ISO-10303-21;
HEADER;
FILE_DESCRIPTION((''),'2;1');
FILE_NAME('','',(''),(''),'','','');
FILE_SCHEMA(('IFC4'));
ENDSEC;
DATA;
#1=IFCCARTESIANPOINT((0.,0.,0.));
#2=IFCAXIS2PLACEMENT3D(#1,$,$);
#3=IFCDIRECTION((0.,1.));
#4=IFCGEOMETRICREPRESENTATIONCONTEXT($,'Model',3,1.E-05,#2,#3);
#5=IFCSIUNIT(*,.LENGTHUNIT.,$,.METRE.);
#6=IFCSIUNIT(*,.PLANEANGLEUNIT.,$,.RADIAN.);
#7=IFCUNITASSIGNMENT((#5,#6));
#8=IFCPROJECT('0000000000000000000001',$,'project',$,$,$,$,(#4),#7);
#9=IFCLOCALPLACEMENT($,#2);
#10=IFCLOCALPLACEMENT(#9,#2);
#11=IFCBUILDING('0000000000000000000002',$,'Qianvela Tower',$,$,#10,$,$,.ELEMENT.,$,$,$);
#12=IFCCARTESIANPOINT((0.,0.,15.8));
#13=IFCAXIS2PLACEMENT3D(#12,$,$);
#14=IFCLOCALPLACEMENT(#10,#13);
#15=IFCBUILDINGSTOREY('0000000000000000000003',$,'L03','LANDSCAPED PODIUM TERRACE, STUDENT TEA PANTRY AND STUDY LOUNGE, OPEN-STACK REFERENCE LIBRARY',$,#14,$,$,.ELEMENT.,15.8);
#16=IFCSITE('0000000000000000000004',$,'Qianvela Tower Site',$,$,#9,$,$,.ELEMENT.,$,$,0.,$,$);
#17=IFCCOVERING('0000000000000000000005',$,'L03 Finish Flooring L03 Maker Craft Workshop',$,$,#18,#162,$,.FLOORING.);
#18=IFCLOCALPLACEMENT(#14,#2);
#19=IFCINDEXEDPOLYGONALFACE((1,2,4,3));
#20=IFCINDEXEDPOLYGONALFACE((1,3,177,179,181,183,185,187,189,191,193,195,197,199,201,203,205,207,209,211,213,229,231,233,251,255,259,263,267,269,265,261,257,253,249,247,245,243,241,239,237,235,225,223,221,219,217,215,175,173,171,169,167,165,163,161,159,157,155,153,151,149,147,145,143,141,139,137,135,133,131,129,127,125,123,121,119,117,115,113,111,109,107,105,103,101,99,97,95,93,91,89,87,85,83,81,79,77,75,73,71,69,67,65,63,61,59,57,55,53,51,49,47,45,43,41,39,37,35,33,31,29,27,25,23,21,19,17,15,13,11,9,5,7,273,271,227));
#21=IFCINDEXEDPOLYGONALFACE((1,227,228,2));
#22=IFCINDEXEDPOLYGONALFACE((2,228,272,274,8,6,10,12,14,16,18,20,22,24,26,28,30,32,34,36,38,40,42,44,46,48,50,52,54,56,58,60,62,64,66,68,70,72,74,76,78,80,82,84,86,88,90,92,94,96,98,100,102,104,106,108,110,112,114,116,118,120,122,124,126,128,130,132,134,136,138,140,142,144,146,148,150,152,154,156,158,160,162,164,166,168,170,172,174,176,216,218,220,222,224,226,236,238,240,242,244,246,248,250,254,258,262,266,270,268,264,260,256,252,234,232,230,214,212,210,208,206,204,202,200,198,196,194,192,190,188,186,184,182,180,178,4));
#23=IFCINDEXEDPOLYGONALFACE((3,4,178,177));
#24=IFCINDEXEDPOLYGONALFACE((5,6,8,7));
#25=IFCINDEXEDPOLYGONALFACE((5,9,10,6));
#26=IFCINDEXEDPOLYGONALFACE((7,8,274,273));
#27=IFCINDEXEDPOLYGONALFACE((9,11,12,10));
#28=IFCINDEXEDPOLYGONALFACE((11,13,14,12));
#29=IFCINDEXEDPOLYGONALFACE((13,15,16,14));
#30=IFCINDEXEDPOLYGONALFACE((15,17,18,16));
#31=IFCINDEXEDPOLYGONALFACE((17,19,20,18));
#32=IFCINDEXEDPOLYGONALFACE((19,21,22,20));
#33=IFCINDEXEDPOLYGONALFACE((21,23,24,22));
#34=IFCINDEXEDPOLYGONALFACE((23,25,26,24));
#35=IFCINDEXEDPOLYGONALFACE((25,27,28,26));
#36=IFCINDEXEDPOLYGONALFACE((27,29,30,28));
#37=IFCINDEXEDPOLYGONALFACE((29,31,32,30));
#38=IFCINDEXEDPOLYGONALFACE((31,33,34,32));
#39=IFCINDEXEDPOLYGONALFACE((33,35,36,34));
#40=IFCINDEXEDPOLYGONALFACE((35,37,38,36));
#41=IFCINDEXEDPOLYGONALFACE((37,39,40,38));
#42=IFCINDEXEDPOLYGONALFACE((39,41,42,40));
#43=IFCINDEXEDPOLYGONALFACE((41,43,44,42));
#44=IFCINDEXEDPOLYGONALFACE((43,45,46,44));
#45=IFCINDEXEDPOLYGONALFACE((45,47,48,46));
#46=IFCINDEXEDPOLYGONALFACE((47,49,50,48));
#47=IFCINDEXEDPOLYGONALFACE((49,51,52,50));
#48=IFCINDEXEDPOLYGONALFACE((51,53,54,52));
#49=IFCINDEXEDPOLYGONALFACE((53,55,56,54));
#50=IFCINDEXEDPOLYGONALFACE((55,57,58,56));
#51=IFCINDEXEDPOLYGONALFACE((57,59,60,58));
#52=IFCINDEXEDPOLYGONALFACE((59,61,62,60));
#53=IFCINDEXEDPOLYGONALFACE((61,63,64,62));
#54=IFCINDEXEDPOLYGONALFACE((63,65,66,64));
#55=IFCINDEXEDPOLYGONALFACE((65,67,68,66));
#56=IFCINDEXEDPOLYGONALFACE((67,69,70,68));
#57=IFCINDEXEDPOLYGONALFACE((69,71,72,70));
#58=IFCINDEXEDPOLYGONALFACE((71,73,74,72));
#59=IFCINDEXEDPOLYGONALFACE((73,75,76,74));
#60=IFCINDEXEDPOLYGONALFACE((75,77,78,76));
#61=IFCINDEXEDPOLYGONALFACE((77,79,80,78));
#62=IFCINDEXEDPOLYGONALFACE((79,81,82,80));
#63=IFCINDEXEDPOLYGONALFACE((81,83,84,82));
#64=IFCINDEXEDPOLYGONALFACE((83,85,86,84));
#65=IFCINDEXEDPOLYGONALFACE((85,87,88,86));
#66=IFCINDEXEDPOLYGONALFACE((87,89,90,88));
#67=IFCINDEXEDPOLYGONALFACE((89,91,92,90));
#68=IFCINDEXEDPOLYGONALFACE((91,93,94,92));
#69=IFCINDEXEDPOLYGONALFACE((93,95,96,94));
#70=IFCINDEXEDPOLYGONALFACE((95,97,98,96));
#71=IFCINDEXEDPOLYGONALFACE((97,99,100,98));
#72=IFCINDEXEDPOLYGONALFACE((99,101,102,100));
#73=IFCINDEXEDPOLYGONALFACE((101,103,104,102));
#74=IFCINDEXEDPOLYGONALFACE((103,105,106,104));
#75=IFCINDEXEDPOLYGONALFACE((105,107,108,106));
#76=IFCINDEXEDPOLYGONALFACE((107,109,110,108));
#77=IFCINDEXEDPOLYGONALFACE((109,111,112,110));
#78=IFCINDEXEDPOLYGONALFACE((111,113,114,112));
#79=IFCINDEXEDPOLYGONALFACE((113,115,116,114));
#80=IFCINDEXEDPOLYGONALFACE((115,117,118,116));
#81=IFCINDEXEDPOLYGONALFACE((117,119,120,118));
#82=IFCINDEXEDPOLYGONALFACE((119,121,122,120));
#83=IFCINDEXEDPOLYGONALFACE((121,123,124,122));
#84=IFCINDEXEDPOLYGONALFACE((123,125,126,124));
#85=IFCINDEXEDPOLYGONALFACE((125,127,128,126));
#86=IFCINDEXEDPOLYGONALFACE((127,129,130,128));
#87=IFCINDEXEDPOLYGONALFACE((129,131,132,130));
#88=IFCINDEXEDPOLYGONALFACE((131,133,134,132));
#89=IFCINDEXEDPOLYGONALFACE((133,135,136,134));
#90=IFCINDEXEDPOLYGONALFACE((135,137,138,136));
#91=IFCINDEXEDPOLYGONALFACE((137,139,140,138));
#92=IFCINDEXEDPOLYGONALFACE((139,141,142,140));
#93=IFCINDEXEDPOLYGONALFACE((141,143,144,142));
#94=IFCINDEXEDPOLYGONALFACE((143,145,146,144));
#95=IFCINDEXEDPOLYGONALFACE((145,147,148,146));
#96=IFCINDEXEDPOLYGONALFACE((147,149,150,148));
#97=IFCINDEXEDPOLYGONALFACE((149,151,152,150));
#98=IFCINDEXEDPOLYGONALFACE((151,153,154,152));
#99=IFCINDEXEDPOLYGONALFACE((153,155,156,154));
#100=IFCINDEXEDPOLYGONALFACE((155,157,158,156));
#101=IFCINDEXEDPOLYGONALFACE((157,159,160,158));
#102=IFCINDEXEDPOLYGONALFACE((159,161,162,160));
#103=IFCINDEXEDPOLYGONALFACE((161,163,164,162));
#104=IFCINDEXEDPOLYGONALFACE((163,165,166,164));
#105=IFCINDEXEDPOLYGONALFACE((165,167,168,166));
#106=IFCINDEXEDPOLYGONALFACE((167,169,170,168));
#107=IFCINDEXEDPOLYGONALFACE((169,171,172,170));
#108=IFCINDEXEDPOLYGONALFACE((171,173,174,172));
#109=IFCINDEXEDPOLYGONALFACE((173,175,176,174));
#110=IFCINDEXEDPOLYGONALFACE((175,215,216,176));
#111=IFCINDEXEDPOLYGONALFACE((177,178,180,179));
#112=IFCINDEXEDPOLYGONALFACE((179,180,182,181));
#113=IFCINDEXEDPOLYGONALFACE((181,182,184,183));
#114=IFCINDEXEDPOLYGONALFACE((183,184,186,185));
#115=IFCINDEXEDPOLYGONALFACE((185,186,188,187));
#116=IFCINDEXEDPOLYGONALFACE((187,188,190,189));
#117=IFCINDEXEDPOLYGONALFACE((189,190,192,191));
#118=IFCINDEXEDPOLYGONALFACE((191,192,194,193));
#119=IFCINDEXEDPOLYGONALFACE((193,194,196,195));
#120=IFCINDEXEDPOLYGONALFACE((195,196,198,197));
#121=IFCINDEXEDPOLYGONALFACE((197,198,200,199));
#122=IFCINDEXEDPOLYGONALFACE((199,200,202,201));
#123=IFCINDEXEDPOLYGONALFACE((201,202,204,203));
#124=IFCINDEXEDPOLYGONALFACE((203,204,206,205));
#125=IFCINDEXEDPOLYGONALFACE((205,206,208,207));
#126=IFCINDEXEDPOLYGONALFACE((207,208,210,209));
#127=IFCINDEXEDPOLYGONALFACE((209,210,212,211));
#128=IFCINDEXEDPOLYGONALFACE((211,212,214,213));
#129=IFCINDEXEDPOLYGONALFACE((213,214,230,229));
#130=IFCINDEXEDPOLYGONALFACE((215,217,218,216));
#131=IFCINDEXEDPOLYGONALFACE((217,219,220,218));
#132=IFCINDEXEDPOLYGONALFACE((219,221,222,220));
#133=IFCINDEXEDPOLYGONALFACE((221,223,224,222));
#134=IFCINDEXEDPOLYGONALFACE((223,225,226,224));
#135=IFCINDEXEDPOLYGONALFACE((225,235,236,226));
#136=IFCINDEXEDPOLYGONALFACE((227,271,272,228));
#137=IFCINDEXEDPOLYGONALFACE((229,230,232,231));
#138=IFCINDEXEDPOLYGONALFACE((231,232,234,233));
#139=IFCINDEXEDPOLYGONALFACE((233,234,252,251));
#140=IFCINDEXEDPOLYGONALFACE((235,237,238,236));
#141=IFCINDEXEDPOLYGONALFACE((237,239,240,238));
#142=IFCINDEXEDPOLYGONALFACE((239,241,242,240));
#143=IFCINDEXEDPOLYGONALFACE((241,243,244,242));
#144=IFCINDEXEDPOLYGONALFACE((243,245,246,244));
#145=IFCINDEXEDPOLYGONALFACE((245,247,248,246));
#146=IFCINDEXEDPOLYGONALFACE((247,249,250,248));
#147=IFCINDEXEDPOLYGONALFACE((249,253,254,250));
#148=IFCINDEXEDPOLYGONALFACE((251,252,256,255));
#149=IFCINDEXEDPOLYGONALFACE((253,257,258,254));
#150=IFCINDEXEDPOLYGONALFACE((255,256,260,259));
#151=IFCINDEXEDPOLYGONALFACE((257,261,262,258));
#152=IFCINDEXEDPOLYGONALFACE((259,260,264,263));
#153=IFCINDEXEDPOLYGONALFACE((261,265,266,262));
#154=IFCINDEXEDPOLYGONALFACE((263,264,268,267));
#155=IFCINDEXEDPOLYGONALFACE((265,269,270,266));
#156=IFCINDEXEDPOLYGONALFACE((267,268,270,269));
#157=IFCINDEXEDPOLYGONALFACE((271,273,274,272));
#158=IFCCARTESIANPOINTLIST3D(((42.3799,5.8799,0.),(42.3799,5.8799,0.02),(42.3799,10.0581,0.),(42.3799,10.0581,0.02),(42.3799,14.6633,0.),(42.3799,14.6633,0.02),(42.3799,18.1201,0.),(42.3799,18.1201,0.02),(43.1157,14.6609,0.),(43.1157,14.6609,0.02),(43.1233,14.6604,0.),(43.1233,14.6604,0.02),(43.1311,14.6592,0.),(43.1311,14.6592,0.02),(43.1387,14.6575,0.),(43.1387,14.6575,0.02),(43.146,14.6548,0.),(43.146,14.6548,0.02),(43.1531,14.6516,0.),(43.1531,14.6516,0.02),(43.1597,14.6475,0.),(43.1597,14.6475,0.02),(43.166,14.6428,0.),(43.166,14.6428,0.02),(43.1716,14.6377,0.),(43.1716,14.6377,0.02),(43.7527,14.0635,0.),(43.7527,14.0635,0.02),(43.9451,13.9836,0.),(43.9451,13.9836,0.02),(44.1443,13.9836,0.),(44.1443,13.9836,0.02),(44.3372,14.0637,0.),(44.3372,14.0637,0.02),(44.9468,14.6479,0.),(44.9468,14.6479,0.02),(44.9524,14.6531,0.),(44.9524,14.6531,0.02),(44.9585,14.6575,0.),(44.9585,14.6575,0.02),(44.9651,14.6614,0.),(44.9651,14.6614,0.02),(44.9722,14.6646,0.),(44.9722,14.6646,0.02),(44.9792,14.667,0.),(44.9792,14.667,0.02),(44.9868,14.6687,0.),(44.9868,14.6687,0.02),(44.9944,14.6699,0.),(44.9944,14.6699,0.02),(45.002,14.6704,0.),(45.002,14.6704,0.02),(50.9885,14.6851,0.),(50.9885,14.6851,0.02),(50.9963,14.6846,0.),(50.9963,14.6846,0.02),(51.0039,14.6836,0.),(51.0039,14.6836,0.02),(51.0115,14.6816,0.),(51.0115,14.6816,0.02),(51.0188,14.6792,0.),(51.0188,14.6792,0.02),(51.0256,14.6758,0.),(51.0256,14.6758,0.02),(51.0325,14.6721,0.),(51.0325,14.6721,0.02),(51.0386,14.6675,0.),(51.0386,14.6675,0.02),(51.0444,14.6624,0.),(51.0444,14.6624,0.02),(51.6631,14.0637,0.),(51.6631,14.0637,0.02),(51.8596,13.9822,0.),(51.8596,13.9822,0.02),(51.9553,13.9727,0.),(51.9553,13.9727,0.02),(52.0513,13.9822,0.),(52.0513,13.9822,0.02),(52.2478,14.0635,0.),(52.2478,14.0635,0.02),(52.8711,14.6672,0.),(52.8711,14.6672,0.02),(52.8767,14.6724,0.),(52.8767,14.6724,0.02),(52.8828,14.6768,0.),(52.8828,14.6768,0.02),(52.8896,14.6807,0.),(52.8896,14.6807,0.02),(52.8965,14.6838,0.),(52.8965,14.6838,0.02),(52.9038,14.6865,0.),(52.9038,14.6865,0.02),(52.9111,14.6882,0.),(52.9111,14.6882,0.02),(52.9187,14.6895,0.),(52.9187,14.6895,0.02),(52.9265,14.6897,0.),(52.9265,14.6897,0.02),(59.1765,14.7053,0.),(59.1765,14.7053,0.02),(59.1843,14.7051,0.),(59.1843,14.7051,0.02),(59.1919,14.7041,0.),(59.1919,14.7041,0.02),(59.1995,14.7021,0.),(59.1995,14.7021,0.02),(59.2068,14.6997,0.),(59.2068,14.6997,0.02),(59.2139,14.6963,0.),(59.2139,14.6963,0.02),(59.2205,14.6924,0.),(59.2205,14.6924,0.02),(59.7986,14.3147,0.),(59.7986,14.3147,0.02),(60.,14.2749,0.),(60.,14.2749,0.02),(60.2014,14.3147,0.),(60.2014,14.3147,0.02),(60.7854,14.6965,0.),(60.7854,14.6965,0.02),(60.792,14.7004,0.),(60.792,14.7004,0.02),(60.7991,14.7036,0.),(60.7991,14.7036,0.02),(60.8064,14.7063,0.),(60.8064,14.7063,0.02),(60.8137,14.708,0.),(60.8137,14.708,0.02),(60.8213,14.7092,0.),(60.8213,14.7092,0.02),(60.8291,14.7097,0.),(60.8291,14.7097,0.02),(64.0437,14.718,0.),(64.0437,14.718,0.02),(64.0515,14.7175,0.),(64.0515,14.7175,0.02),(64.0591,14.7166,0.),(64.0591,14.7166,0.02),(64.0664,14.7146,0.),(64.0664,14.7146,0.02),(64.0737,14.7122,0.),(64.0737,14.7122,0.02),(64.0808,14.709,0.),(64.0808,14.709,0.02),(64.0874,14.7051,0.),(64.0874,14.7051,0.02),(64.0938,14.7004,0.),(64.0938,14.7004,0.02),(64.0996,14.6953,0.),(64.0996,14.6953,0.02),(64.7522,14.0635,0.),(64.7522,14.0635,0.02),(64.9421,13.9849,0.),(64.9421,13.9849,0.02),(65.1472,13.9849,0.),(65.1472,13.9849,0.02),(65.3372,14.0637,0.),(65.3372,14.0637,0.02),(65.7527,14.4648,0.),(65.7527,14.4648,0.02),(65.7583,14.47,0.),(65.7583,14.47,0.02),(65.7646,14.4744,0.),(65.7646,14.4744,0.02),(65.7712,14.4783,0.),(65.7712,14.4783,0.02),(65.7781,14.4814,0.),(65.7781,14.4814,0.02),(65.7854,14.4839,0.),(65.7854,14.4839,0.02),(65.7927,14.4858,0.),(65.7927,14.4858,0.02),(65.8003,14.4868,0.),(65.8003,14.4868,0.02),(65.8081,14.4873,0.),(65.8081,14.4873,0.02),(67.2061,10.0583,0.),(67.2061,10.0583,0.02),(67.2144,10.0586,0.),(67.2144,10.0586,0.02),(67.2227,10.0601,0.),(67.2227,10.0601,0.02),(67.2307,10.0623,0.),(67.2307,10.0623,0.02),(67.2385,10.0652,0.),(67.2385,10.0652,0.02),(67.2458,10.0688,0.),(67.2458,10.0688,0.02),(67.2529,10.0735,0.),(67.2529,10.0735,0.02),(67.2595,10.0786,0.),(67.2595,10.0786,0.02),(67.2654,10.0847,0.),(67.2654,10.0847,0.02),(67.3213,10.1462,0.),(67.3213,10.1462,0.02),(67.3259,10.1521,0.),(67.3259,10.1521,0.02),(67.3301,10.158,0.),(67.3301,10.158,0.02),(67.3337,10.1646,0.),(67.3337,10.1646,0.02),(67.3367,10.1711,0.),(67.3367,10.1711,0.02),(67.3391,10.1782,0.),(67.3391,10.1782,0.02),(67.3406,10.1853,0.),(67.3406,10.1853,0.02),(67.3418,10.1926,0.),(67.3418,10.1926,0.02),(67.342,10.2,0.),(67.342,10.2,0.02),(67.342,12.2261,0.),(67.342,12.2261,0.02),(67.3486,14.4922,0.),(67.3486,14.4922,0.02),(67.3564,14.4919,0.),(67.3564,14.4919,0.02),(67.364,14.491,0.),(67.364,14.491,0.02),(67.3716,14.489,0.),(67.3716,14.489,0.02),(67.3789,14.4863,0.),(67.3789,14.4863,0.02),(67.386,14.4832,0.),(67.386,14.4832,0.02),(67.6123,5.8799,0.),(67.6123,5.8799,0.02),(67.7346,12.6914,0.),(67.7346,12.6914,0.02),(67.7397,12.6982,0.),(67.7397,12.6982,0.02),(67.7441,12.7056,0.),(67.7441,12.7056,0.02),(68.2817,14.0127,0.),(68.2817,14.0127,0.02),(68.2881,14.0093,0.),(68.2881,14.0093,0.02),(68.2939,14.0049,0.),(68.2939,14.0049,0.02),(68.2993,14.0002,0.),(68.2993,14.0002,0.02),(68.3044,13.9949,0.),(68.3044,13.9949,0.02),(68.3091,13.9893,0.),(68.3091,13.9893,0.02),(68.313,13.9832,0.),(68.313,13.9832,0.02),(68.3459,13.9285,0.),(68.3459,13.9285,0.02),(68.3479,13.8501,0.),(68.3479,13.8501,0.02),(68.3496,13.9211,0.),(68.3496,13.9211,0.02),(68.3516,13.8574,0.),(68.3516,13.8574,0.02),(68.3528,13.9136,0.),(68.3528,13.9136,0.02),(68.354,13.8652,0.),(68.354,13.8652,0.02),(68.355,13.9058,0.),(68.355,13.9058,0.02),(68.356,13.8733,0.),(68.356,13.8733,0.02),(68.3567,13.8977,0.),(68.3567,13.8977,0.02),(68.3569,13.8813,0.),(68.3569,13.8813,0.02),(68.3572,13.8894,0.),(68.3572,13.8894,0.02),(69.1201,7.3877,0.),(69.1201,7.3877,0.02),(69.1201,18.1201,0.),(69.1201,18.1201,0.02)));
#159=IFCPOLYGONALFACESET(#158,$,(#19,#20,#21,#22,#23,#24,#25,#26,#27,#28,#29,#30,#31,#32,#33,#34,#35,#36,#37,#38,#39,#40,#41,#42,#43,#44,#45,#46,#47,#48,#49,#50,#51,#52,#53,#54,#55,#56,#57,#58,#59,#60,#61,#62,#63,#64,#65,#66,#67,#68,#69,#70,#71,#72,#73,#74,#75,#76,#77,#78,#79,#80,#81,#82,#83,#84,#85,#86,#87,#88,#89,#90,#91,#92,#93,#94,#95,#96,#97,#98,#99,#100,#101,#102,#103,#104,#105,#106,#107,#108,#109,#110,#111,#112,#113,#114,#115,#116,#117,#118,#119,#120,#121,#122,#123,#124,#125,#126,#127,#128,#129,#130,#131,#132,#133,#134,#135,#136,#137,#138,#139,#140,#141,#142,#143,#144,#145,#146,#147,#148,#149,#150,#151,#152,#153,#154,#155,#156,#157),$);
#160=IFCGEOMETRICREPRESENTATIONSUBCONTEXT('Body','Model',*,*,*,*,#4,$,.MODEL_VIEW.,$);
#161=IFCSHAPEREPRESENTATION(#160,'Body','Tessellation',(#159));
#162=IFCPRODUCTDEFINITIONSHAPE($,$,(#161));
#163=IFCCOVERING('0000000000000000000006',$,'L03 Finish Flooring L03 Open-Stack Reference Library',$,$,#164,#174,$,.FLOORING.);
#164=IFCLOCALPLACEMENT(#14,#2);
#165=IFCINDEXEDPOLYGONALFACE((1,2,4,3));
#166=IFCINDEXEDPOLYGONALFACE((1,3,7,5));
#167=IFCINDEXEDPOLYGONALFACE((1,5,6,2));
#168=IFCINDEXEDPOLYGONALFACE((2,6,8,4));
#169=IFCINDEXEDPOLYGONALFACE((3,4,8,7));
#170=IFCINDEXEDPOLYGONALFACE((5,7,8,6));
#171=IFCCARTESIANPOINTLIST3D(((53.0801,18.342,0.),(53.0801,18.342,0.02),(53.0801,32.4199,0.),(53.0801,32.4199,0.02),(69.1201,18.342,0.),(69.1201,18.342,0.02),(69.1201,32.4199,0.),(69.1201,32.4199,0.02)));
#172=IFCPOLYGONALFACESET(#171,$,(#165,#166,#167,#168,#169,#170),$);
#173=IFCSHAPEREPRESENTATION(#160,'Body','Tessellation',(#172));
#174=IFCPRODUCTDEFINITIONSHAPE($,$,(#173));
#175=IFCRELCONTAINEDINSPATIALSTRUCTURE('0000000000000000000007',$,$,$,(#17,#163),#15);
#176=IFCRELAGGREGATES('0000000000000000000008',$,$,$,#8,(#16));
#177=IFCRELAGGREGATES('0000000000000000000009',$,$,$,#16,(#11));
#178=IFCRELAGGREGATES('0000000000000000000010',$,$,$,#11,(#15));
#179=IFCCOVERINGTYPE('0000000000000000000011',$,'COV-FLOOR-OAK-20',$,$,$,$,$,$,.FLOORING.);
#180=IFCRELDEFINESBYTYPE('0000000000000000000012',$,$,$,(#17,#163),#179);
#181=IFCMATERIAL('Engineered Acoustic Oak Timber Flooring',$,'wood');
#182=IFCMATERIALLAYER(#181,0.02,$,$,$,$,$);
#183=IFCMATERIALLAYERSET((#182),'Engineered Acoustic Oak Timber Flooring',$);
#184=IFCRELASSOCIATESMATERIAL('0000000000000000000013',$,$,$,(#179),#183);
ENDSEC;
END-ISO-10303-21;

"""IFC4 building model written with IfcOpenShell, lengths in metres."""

from ifc_helpers import new_model, si_unit, direction, frame, origin, place, context, subcontext, project, spatial, polyline, outline, extrude, material, layer, layer_set, type_object, element, save


model = new_model("IFC4")

# Units and contexts
model_context = context("Model", 3, precision=1e-05, world=origin(), true_north=direction((0.0, 1.0)))
body_context = subcontext(model_context, "Body", "Model", "MODEL_VIEW")
ifc_project = project(units=[si_unit("LENGTHUNIT", "METRE"), si_unit("PLANEANGLEUNIT", "RADIAN")], contexts=[model_context])

# Site, building, storey
site_placement = place(None, origin())
site = spatial("IfcSite", under=ifc_project, at=site_placement, Name="Qianvela Tower Site", CompositionType="ELEMENT", RefElevation=0.0)
building_placement = place(site_placement, origin())
building = spatial("IfcBuilding", under=site, at=building_placement, Name="Qianvela Tower", CompositionType="ELEMENT")
storey_placement = place(building_placement, frame((0.0, 0.0, 15.8)))
storey = spatial("IfcBuildingStorey", under=building, at=storey_placement, Name="L03", Description="LANDSCAPED PODIUM TERRACE, STUDENT TEA PANTRY AND STUDY LOUNGE, OPEN-STACK REFERENCE LIBRARY", CompositionType="ELEMENT", Elevation=15.8)

# Coverings
ifc_material_1 = material(Name="Engineered Acoustic Oak Timber Flooring", Category="wood")
ifc_layer_1 = layer(ifc_material_1, 0.02)
ifc_layer_set_1 = layer_set([ifc_layer_1], Name="Engineered Acoustic Oak Timber Flooring")
covering_type_1 = type_object("IfcCoveringType", Name="COV-FLOOR-OAK-20", PredefinedType="FLOORING", material=ifc_layer_set_1)
covering_1_placement = place(storey_placement, origin())
element("IfcCovering", 1, at=covering_1_placement, inside=storey, type_object=covering_type_1, Name="L03 Finish Flooring L03 Maker Craft Workshop", PredefinedType="FLOORING", context=body_context, shape_type="SweptSolid", body=[
    extrude(outline(polyline([(69.1201, 18.1201), (69.1201, 7.3877), (67.6123, 5.8799), (42.3799, 5.8799), (42.3799, 10.0581), (67.2061, 10.0583), (67.2144, 10.0586), (67.2227, 10.0601), (67.2307, 10.0623), (67.2385, 10.0652), (67.2458, 10.0688), (67.2529, 10.0735), (67.2595, 10.0786), (67.2654, 10.0847), (67.3213, 10.1462), (67.3259, 10.1521), (67.3301, 10.158), (67.3337, 10.1646), (67.3367, 10.1711), (67.3391, 10.1782), (67.3406, 10.1853), (67.3418, 10.1926), (67.342, 10.2), (67.342, 12.2261), (67.7346, 12.6914), (67.7397, 12.6982), (67.7441, 12.7056), (68.3479, 13.8501), (68.3516, 13.8574), (68.354, 13.8652), (68.356, 13.8733), (68.3569, 13.8813), (68.3572, 13.8894), (68.3567, 13.8977), (68.355, 13.9058), (68.3528, 13.9136), (68.3496, 13.9211), (68.3459, 13.9285), (68.313, 13.9832), (68.3091, 13.9893), (68.3044, 13.9949), (68.2993, 14.0002), (68.2939, 14.0049), (68.2881, 14.0093), (68.2817, 14.0127), (67.386, 14.4832), (67.3789, 14.4863), (67.3716, 14.489), (67.364, 14.491), (67.3564, 14.4919), (67.3486, 14.4922), (65.8081, 14.4873), (65.8003, 14.4868), (65.7927, 14.4858), (65.7854, 14.4839), (65.7781, 14.4814), (65.7712, 14.4783), (65.7646, 14.4744), (65.7583, 14.47), (65.7527, 14.4648), (65.3372, 14.0637), (65.1472, 13.9849), (64.9421, 13.9849), (64.7522, 14.0635), (64.0996, 14.6953), (64.0938, 14.7004), (64.0874, 14.7051), (64.0808, 14.709), (64.0737, 14.7122), (64.0664, 14.7146), (64.0591, 14.7166), (64.0515, 14.7175), (64.0437, 14.718), (60.8291, 14.7097), (60.8213, 14.7092), (60.8137, 14.708), (60.8064, 14.7063), (60.7991, 14.7036), (60.792, 14.7004), (60.7854, 14.6965), (60.2014, 14.3147), (60.0, 14.2749), (59.7986, 14.3147), (59.2205, 14.6924), (59.2139, 14.6963), (59.2068, 14.6997), (59.1995, 14.7021), (59.1919, 14.7041), (59.1843, 14.7051), (59.1765, 14.7053), (52.9265, 14.6897), (52.9187, 14.6895), (52.9111, 14.6882), (52.9038, 14.6865), (52.8965, 14.6838), (52.8896, 14.6807), (52.8828, 14.6768), (52.8767, 14.6724), (52.8711, 14.6672), (52.2478, 14.0635), (52.0513, 13.9822), (51.9553, 13.9727), (51.8596, 13.9822), (51.6631, 14.0637), (51.0444, 14.6624), (51.0386, 14.6675), (51.0325, 14.6721), (51.0256, 14.6758), (51.0188, 14.6792), (51.0115, 14.6816), (51.0039, 14.6836), (50.9963, 14.6846), (50.9885, 14.6851), (45.002, 14.6704), (44.9944, 14.6699), (44.9868, 14.6687), (44.9792, 14.667), (44.9722, 14.6646), (44.9651, 14.6614), (44.9585, 14.6575), (44.9524, 14.6531), (44.9468, 14.6479), (44.3372, 14.0637), (44.1443, 13.9836), (43.9451, 13.9836), (43.7527, 14.0635), (43.1716, 14.6377), (43.166, 14.6428), (43.1597, 14.6475), (43.1531, 14.6516), (43.146, 14.6548), (43.1387, 14.6575), (43.1311, 14.6592), (43.1233, 14.6604), (43.1157, 14.6609), (42.3799, 14.6633), (42.3799, 18.1201), (69.1201, 18.1201)])), origin(), (0.0, 0.0, 1.0), 0.02),
])
covering_2_placement = place(storey_placement, origin())
element("IfcCovering", 2, at=covering_2_placement, inside=storey, type_object=covering_type_1, Name="L03 Finish Flooring L03 Open-Stack Reference Library", PredefinedType="FLOORING", context=body_context, shape_type="SweptSolid", body=[
    extrude(outline(polyline([(69.1201, 18.342), (53.0801, 18.342), (53.0801, 32.4199), (69.1201, 32.4199), (69.1201, 18.342)])), origin(), (0.0, 0.0, 1.0), 0.02),
])

save(model, "model.ifc")
